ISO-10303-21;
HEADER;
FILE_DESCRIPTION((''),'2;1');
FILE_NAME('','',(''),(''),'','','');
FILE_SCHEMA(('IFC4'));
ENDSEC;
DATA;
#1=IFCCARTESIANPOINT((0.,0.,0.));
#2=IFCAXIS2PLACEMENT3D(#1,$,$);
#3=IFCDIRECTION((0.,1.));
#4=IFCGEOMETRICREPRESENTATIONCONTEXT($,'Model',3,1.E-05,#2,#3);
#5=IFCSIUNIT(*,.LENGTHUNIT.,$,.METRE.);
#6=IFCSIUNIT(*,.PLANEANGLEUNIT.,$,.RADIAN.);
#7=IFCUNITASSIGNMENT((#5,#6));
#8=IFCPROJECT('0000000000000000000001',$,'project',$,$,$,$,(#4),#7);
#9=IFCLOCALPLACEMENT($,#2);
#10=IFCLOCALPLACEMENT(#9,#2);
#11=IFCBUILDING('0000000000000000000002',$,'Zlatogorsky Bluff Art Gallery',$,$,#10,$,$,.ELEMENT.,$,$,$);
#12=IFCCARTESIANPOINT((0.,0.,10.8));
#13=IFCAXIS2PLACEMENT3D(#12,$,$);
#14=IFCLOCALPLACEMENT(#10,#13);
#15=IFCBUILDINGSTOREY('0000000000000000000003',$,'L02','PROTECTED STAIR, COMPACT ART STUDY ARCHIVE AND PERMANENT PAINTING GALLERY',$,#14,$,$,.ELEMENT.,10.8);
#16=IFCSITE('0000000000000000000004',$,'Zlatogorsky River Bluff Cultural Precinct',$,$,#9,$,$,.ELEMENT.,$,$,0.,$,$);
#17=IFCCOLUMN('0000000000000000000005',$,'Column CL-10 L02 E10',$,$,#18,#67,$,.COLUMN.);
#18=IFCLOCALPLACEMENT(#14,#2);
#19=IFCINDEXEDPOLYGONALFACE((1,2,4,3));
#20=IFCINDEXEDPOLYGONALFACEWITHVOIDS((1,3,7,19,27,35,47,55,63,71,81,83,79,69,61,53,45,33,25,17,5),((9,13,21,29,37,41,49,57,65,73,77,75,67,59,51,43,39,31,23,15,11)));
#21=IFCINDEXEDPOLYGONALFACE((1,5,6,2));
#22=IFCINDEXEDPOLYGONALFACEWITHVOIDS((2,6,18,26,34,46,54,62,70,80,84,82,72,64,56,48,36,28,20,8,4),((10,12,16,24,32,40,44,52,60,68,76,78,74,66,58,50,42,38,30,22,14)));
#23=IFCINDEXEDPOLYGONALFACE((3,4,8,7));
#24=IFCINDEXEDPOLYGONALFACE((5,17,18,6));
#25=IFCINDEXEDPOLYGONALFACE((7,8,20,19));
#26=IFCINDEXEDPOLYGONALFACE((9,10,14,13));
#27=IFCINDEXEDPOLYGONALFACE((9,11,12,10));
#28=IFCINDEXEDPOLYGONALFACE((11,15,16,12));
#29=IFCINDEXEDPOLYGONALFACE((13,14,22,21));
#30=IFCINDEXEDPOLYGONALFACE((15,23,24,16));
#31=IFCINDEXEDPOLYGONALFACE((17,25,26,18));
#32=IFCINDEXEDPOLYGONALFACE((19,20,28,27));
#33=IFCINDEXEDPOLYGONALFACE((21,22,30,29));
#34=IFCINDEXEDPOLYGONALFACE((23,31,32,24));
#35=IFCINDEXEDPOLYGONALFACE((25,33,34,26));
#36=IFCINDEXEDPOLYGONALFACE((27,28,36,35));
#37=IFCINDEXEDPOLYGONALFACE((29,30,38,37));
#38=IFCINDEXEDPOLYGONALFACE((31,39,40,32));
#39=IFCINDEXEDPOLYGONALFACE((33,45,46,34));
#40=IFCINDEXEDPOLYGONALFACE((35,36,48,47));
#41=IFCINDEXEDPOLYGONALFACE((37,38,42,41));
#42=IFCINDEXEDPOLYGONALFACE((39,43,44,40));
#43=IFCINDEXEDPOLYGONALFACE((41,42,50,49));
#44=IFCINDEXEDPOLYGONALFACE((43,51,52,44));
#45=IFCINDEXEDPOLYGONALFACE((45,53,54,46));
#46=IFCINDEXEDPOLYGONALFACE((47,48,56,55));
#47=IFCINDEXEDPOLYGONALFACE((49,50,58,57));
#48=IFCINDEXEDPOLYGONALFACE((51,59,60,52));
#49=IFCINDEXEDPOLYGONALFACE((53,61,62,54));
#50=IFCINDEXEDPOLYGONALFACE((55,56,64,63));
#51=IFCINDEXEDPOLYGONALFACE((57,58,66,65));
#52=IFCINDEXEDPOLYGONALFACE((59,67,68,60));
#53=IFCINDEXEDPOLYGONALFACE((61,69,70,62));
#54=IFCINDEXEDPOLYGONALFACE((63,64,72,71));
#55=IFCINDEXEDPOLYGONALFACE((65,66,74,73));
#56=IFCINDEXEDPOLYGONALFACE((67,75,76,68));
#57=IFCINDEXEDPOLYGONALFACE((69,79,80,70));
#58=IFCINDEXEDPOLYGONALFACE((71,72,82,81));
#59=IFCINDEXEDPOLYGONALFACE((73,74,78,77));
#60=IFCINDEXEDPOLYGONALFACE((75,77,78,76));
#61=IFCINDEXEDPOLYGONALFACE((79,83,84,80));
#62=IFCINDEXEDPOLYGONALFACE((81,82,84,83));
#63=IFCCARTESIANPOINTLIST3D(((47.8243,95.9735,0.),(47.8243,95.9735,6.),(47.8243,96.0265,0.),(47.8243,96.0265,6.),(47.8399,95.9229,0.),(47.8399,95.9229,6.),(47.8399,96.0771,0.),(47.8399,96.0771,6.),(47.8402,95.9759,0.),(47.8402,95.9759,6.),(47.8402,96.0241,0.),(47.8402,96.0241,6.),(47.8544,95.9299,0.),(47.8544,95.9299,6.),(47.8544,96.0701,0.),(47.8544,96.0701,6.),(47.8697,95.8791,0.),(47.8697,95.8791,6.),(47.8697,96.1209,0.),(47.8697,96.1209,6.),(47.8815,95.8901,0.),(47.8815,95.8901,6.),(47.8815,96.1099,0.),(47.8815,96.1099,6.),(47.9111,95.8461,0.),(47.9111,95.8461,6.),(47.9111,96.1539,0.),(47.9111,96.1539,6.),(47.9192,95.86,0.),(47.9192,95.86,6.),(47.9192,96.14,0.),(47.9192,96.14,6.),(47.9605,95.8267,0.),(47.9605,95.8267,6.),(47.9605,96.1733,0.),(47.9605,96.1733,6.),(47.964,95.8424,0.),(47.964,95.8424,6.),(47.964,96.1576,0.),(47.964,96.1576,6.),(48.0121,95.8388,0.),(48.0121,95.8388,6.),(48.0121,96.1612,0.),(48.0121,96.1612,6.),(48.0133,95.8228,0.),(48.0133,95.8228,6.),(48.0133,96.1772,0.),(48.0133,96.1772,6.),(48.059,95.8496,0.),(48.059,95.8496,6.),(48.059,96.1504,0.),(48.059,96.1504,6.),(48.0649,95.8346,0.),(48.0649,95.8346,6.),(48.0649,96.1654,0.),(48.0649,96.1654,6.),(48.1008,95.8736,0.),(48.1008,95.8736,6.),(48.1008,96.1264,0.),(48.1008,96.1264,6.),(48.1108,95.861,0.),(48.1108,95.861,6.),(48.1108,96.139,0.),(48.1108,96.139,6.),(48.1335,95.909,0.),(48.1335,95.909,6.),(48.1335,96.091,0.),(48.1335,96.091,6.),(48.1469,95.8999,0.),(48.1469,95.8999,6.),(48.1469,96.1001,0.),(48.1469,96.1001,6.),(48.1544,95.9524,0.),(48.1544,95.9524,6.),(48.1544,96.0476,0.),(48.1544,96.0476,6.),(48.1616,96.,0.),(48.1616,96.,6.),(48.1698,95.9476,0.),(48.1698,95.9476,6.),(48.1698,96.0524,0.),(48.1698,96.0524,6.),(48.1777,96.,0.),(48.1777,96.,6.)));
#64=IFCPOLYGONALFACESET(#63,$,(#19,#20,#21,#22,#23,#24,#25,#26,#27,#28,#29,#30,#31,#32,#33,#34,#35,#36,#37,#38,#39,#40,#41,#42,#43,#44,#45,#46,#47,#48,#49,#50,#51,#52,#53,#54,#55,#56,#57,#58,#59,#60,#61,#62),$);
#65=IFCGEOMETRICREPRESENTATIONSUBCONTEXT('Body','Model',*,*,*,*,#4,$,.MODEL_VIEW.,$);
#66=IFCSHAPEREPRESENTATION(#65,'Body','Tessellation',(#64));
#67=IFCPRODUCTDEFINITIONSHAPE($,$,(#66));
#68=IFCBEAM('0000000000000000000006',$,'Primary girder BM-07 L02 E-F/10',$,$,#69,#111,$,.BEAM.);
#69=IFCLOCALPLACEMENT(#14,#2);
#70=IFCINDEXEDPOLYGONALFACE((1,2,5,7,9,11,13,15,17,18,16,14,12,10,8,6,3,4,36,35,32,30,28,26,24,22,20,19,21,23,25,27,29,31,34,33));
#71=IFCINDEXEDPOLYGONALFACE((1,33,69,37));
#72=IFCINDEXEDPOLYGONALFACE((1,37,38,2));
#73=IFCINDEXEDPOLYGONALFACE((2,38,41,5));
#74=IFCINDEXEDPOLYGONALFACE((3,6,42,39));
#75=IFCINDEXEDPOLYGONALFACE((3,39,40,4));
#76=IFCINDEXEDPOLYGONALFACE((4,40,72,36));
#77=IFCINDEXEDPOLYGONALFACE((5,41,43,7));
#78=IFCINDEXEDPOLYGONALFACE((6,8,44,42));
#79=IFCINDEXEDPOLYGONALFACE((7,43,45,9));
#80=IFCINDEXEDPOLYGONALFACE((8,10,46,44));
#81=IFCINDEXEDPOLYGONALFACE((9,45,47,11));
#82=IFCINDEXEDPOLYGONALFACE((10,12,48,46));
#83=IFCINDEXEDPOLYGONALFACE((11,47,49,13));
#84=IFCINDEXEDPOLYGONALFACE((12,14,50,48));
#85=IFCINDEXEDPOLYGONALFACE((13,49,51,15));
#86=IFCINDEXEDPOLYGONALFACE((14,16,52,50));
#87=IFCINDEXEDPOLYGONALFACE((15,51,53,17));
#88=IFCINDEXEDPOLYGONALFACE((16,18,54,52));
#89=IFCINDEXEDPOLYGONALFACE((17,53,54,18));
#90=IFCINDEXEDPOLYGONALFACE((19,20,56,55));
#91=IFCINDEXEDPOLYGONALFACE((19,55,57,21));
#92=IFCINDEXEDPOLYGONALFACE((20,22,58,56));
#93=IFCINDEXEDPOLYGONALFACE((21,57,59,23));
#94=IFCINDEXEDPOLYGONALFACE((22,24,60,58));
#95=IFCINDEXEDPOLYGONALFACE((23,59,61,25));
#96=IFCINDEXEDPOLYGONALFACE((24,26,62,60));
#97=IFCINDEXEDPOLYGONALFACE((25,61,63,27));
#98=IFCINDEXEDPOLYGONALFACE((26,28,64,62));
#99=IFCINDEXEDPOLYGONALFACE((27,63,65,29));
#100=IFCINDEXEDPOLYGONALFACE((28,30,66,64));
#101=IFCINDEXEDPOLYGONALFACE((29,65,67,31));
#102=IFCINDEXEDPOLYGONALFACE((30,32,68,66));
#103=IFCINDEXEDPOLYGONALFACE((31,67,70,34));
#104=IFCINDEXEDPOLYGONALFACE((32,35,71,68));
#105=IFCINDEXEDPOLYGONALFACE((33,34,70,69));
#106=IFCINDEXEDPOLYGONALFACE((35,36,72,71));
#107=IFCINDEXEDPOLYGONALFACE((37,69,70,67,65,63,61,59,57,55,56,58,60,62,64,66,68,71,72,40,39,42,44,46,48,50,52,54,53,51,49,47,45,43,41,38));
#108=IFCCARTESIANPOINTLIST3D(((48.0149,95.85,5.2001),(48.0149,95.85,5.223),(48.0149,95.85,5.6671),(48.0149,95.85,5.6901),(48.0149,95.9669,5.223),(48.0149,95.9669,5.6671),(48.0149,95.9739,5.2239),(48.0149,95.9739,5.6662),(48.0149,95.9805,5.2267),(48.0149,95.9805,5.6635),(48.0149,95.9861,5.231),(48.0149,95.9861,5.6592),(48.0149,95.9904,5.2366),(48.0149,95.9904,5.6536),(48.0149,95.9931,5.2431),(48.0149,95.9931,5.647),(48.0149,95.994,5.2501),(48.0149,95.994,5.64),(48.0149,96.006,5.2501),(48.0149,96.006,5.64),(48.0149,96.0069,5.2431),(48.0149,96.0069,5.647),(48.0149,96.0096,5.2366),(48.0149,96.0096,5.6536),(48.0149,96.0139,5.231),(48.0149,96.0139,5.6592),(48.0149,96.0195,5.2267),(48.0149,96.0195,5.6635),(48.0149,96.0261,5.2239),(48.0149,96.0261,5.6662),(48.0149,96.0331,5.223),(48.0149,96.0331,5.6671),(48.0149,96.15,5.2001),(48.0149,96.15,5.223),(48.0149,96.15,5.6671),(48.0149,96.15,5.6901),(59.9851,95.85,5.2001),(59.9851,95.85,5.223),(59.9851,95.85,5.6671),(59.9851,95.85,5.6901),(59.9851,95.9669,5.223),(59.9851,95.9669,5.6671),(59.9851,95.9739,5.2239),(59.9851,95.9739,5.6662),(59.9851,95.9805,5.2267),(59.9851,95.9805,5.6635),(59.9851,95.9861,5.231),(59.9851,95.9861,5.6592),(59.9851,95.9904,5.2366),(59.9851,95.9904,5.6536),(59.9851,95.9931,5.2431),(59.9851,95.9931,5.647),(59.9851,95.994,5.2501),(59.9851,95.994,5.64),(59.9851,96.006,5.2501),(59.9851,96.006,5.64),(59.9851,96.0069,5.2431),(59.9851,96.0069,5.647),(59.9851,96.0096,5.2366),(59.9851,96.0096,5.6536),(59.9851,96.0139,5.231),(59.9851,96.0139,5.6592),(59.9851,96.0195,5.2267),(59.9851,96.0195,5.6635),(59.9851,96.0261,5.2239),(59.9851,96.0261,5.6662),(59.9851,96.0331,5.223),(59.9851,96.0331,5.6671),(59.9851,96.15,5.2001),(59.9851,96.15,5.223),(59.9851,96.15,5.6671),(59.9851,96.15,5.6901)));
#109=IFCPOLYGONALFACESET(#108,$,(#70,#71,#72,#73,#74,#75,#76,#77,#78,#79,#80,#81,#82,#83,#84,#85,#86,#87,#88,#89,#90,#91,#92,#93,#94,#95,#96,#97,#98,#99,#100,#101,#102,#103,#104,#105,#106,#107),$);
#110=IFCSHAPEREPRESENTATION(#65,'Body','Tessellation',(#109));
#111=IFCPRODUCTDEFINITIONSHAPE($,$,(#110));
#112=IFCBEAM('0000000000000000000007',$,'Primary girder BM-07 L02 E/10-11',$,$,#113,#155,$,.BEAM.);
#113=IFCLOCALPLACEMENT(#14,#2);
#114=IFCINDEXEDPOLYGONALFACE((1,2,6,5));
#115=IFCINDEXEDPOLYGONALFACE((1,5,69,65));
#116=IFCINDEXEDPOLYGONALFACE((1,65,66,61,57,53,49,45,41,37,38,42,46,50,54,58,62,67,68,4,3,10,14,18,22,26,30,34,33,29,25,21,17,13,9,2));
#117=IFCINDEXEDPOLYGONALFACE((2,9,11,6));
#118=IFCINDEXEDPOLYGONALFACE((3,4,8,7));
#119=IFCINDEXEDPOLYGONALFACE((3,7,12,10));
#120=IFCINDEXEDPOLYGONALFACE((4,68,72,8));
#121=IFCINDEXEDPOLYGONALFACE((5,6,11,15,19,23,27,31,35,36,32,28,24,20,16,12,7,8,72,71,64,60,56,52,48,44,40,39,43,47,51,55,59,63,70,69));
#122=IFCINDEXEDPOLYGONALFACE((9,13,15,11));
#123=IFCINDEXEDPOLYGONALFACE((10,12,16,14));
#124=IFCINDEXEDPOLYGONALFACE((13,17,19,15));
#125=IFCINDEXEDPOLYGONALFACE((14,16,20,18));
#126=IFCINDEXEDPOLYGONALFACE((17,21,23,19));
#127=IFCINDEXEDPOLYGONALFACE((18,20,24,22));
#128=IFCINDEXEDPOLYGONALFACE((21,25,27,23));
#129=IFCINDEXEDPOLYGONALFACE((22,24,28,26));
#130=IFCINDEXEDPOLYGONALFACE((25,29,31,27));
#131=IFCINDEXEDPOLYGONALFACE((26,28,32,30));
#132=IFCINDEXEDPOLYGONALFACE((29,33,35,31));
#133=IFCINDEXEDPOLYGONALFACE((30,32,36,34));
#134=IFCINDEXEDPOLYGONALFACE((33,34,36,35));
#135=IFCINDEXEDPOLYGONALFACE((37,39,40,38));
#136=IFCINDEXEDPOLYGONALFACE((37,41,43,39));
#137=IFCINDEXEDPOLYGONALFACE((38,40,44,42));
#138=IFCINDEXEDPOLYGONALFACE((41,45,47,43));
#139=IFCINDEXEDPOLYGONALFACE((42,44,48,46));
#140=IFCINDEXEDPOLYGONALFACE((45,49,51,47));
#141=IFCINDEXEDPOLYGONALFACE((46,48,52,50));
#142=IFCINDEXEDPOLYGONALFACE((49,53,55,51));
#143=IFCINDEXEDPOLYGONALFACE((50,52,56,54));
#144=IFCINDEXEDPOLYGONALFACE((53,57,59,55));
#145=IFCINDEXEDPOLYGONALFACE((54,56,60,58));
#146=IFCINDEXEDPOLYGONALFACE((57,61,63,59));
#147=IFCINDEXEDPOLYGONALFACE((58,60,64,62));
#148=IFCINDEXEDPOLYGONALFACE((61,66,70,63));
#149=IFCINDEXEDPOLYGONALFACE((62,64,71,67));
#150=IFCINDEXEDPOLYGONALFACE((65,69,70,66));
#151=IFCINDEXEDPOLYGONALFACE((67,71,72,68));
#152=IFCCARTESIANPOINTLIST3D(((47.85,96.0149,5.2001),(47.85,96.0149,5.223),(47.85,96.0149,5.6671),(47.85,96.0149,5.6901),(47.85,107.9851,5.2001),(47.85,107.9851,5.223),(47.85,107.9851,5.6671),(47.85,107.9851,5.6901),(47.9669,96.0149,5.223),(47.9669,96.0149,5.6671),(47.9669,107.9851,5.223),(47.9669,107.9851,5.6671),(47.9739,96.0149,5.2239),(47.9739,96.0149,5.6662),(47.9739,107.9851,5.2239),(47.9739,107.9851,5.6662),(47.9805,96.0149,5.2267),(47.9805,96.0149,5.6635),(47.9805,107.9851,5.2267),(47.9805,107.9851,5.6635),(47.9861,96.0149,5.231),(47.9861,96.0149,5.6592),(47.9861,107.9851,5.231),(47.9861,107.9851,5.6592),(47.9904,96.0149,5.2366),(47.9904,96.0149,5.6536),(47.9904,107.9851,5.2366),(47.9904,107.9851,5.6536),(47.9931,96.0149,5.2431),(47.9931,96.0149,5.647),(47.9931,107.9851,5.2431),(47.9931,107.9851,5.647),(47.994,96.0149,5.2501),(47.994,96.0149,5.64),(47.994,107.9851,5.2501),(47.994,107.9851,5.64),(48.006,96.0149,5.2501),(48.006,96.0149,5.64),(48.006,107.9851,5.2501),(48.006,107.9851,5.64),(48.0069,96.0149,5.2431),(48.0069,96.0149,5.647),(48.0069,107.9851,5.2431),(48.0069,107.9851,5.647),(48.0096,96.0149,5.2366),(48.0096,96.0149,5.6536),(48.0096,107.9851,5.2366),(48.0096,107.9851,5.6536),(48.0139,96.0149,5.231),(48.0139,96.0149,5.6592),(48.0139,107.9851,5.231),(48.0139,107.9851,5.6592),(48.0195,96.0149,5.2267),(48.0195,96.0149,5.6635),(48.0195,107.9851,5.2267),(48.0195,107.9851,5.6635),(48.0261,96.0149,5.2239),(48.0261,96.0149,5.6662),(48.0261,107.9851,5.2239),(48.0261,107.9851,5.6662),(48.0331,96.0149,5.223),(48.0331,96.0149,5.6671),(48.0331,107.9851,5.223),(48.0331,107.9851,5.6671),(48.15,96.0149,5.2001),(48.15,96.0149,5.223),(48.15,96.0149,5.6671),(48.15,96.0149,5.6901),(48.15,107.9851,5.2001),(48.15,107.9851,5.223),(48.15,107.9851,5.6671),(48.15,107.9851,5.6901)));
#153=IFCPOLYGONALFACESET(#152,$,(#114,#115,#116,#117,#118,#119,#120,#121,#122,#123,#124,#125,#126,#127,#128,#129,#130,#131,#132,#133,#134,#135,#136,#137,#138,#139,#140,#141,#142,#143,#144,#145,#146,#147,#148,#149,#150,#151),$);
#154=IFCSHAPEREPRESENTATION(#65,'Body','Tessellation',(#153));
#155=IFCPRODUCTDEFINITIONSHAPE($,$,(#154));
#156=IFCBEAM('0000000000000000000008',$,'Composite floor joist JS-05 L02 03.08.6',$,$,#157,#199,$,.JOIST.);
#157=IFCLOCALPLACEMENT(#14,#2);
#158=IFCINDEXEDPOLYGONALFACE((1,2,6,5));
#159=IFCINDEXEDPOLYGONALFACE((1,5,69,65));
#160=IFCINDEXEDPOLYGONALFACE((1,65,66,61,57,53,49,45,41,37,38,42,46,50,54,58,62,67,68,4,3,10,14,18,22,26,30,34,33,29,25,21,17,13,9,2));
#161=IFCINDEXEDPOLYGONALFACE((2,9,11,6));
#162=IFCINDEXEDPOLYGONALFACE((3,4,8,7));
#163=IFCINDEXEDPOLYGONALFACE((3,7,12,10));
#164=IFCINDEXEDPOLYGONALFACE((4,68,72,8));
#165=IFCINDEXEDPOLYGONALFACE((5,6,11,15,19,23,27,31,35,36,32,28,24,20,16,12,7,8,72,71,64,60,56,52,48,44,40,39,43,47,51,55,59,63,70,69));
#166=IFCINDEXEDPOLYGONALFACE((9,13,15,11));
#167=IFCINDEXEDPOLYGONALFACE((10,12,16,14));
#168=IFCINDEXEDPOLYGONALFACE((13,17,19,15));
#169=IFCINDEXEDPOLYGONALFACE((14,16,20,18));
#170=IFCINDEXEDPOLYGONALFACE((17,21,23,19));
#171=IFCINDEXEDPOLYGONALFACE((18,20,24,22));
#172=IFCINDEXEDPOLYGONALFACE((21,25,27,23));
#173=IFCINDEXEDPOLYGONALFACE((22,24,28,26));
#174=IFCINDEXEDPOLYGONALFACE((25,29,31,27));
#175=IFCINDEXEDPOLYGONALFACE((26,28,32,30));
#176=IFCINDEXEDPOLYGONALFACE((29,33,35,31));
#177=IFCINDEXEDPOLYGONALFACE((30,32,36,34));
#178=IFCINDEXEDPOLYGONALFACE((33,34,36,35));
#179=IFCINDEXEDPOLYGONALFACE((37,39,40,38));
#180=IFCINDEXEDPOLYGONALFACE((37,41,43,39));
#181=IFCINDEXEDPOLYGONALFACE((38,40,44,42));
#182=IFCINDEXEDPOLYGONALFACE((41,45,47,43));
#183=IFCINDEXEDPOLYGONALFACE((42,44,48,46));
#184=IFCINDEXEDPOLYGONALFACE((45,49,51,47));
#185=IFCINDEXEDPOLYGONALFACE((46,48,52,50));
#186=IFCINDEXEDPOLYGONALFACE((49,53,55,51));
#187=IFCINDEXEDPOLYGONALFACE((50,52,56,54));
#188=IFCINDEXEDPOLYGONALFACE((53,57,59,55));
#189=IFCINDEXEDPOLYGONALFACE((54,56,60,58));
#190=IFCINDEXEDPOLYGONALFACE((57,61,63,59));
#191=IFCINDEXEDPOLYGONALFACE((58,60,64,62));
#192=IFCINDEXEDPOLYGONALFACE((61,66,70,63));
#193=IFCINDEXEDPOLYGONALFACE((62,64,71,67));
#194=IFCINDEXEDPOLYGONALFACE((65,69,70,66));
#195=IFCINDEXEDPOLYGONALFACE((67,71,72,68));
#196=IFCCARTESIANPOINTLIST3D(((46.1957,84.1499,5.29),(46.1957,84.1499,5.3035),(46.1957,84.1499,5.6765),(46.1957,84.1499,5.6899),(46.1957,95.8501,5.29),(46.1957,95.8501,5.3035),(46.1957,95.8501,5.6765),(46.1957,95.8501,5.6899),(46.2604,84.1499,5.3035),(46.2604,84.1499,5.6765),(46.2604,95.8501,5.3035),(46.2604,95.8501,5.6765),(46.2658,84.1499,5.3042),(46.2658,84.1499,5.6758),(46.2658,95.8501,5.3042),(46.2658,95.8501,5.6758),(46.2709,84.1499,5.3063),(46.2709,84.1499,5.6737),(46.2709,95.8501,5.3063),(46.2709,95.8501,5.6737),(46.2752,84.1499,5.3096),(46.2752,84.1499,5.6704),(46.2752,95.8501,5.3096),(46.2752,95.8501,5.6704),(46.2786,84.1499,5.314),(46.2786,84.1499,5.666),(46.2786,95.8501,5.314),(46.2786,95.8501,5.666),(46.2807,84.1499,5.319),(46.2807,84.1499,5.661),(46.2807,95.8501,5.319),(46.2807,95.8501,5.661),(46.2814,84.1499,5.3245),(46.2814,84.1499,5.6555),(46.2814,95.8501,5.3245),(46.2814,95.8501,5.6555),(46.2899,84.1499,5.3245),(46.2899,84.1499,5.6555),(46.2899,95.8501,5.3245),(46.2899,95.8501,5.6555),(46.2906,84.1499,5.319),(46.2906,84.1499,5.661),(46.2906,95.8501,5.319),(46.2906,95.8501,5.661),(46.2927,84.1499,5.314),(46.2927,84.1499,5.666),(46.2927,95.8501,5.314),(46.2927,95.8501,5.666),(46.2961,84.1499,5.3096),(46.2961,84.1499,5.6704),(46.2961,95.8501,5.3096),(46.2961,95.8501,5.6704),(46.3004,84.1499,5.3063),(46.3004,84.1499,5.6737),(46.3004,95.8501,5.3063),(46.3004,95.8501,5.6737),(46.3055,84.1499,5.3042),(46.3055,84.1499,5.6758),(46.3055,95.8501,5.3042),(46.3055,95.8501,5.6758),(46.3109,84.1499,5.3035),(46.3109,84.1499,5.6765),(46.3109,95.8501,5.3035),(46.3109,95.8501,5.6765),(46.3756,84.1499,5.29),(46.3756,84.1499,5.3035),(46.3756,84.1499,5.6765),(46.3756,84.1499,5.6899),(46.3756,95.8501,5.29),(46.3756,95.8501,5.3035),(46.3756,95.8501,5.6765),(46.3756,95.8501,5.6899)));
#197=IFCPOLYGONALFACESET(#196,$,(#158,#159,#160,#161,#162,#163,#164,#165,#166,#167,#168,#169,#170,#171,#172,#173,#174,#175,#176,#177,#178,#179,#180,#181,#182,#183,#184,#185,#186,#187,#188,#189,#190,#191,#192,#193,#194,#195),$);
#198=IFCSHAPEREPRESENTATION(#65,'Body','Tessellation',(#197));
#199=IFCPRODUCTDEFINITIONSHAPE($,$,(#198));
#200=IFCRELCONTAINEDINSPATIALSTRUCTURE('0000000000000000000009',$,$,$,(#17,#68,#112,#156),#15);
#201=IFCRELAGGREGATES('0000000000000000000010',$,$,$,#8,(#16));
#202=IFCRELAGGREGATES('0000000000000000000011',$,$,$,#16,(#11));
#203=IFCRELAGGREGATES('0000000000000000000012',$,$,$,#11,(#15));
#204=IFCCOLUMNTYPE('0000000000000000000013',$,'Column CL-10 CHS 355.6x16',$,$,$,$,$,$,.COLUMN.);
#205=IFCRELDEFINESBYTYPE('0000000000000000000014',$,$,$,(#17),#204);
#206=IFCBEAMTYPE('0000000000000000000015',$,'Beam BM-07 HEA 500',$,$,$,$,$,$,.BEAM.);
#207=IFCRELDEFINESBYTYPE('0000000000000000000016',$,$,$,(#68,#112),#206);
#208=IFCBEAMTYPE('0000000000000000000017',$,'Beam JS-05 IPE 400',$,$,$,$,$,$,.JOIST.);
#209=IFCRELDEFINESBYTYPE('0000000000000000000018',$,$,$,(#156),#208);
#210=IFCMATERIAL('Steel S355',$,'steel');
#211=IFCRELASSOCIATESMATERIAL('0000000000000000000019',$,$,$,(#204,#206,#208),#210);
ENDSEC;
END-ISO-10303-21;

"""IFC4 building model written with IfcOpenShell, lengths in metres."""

from ifc_helpers import new_model, si_unit, direction, frame, origin, origin_2d, place, context, subcontext, project, spatial, hollow_circle, i_section, extrude, material, material_profile, profile_set, type_object, element, save


model = new_model("IFC4")

# Units and contexts
model_context = context("Model", 3, precision=1e-05, world=origin(), true_north=direction((0.0, 1.0)))
body_context = subcontext(model_context, "Body", "Model", "MODEL_VIEW")
ifc_project = project(units=[si_unit("LENGTHUNIT", "METRE"), si_unit("PLANEANGLEUNIT", "RADIAN")], contexts=[model_context])

# Site, building, storey
site_placement = place(None, origin())
site = spatial("IfcSite", under=ifc_project, at=site_placement, Name="Zlatogorsky River Bluff Cultural Precinct", CompositionType="ELEMENT", RefElevation=0.0)
building_placement = place(site_placement, origin())
building = spatial("IfcBuilding", under=site, at=building_placement, Name="Zlatogorsky Bluff Art Gallery", CompositionType="ELEMENT")
storey_placement = place(building_placement, frame((0.0, 0.0, 10.8)))
storey = spatial("IfcBuildingStorey", under=building, at=storey_placement, Name="L02", Description="PROTECTED STAIR, COMPACT ART STUDY ARCHIVE AND PERMANENT PAINTING GALLERY", CompositionType="ELEMENT", Elevation=10.8)

# Column
ifc_material_1 = material(Name="Steel S355", Category="steel")
ifc_material_profile_1 = material_profile(ifc_material_1, hollow_circle(Radius=0.1777, WallThickness=0.0161, at=origin_2d()), Name="CHS 355.6x16")
ifc_profile_set_1 = profile_set([ifc_material_profile_1], Name="Steel S355")
column_type = type_object("IfcColumnType", Name="Column CL-10 CHS 355.6x16", PredefinedType="COLUMN", material=ifc_profile_set_1)
column_placement = place(storey_placement, frame((48.0, 96.0, 0.0), z_axis=(0.0, 0.0, 1.0), x_axis=(1.0, 0.0, 0.0)))
element("IfcColumn", 1, at=column_placement, inside=storey, type_object=column_type, Name="Column CL-10 L02 E10", PredefinedType="COLUMN", context=body_context, shape_type="SweptSolid", body=[
    extrude(hollow_circle(Radius=0.1777, WallThickness=0.0161, at=origin_2d()), origin(), (0.0, 0.0, 1.0), 6.0),
])

# Beams
ifc_material_profile_2 = material_profile(ifc_material_1, i_section(OverallWidth=0.3, OverallDepth=0.49, WebThickness=0.012, FlangeThickness=0.0229, FilletRadius=0.0271, at=origin_2d()), Name="HEA 500")
ifc_profile_set_2 = profile_set([ifc_material_profile_2], Name="Steel S355")
beam_type_1 = type_object("IfcBeamType", Name="Beam BM-07 HEA 500", PredefinedType="BEAM", material=ifc_profile_set_2)
for number, where, z_axis, x_axis, name in (
    (2, (48.0149, 96.0, 5.4451), (1.0, 0.0, 0.0), (0.0, 1.0, 0.0), "Primary girder BM-07 L02 E-F/10"),
    (3, (48.0, 96.0149, 5.4451), (0.0, 1.0, 0.0), (-1.0, 0.0, 0.0), "Primary girder BM-07 L02 E/10-11"),
):
    element("IfcBeam", number, at=place(storey_placement, frame(where, z_axis=z_axis, x_axis=x_axis)), inside=storey, type_object=beam_type_1, Name=name, PredefinedType="BEAM", context=body_context, shape_type="SweptSolid", body=[
        extrude(i_section(OverallWidth=0.3, OverallDepth=0.49, WebThickness=0.012, FlangeThickness=0.0229, FilletRadius=0.0271, at=origin_2d()), origin(), (0.0, 0.0, 1.0), 11.9702),
    ])
ifc_material_profile_3 = material_profile(ifc_material_1, i_section(OverallWidth=0.1799, OverallDepth=0.3999, WebThickness=0.0085, FlangeThickness=0.0134, FilletRadius=0.021, at=origin_2d()), Name="IPE 400")
ifc_profile_set_3 = profile_set([ifc_material_profile_3], Name="Steel S355")
beam_type_2 = type_object("IfcBeamType", Name="Beam JS-05 IPE 400", PredefinedType="JOIST", material=ifc_profile_set_3)
for number, where, z_axis, x_axis, name in (
    (4, (46.2856, 84.1499, 5.49), (0.0, 1.0, 0.0), (-1.0, 0.0, 0.0), "Composite floor joist JS-05 L02 03.08.6"),
):
    element("IfcBeam", number, at=place(storey_placement, frame(where, z_axis=z_axis, x_axis=x_axis)), inside=storey, type_object=beam_type_2, Name=name, PredefinedType="JOIST", context=body_context, shape_type="SweptSolid", body=[
        extrude(i_section(OverallWidth=0.1799, OverallDepth=0.3999, WebThickness=0.0085, FlangeThickness=0.0134, FilletRadius=0.021, at=origin_2d()), origin(), (0.0, 0.0, 1.0), 11.7002),
    ])

save(model, "model.ifc")
